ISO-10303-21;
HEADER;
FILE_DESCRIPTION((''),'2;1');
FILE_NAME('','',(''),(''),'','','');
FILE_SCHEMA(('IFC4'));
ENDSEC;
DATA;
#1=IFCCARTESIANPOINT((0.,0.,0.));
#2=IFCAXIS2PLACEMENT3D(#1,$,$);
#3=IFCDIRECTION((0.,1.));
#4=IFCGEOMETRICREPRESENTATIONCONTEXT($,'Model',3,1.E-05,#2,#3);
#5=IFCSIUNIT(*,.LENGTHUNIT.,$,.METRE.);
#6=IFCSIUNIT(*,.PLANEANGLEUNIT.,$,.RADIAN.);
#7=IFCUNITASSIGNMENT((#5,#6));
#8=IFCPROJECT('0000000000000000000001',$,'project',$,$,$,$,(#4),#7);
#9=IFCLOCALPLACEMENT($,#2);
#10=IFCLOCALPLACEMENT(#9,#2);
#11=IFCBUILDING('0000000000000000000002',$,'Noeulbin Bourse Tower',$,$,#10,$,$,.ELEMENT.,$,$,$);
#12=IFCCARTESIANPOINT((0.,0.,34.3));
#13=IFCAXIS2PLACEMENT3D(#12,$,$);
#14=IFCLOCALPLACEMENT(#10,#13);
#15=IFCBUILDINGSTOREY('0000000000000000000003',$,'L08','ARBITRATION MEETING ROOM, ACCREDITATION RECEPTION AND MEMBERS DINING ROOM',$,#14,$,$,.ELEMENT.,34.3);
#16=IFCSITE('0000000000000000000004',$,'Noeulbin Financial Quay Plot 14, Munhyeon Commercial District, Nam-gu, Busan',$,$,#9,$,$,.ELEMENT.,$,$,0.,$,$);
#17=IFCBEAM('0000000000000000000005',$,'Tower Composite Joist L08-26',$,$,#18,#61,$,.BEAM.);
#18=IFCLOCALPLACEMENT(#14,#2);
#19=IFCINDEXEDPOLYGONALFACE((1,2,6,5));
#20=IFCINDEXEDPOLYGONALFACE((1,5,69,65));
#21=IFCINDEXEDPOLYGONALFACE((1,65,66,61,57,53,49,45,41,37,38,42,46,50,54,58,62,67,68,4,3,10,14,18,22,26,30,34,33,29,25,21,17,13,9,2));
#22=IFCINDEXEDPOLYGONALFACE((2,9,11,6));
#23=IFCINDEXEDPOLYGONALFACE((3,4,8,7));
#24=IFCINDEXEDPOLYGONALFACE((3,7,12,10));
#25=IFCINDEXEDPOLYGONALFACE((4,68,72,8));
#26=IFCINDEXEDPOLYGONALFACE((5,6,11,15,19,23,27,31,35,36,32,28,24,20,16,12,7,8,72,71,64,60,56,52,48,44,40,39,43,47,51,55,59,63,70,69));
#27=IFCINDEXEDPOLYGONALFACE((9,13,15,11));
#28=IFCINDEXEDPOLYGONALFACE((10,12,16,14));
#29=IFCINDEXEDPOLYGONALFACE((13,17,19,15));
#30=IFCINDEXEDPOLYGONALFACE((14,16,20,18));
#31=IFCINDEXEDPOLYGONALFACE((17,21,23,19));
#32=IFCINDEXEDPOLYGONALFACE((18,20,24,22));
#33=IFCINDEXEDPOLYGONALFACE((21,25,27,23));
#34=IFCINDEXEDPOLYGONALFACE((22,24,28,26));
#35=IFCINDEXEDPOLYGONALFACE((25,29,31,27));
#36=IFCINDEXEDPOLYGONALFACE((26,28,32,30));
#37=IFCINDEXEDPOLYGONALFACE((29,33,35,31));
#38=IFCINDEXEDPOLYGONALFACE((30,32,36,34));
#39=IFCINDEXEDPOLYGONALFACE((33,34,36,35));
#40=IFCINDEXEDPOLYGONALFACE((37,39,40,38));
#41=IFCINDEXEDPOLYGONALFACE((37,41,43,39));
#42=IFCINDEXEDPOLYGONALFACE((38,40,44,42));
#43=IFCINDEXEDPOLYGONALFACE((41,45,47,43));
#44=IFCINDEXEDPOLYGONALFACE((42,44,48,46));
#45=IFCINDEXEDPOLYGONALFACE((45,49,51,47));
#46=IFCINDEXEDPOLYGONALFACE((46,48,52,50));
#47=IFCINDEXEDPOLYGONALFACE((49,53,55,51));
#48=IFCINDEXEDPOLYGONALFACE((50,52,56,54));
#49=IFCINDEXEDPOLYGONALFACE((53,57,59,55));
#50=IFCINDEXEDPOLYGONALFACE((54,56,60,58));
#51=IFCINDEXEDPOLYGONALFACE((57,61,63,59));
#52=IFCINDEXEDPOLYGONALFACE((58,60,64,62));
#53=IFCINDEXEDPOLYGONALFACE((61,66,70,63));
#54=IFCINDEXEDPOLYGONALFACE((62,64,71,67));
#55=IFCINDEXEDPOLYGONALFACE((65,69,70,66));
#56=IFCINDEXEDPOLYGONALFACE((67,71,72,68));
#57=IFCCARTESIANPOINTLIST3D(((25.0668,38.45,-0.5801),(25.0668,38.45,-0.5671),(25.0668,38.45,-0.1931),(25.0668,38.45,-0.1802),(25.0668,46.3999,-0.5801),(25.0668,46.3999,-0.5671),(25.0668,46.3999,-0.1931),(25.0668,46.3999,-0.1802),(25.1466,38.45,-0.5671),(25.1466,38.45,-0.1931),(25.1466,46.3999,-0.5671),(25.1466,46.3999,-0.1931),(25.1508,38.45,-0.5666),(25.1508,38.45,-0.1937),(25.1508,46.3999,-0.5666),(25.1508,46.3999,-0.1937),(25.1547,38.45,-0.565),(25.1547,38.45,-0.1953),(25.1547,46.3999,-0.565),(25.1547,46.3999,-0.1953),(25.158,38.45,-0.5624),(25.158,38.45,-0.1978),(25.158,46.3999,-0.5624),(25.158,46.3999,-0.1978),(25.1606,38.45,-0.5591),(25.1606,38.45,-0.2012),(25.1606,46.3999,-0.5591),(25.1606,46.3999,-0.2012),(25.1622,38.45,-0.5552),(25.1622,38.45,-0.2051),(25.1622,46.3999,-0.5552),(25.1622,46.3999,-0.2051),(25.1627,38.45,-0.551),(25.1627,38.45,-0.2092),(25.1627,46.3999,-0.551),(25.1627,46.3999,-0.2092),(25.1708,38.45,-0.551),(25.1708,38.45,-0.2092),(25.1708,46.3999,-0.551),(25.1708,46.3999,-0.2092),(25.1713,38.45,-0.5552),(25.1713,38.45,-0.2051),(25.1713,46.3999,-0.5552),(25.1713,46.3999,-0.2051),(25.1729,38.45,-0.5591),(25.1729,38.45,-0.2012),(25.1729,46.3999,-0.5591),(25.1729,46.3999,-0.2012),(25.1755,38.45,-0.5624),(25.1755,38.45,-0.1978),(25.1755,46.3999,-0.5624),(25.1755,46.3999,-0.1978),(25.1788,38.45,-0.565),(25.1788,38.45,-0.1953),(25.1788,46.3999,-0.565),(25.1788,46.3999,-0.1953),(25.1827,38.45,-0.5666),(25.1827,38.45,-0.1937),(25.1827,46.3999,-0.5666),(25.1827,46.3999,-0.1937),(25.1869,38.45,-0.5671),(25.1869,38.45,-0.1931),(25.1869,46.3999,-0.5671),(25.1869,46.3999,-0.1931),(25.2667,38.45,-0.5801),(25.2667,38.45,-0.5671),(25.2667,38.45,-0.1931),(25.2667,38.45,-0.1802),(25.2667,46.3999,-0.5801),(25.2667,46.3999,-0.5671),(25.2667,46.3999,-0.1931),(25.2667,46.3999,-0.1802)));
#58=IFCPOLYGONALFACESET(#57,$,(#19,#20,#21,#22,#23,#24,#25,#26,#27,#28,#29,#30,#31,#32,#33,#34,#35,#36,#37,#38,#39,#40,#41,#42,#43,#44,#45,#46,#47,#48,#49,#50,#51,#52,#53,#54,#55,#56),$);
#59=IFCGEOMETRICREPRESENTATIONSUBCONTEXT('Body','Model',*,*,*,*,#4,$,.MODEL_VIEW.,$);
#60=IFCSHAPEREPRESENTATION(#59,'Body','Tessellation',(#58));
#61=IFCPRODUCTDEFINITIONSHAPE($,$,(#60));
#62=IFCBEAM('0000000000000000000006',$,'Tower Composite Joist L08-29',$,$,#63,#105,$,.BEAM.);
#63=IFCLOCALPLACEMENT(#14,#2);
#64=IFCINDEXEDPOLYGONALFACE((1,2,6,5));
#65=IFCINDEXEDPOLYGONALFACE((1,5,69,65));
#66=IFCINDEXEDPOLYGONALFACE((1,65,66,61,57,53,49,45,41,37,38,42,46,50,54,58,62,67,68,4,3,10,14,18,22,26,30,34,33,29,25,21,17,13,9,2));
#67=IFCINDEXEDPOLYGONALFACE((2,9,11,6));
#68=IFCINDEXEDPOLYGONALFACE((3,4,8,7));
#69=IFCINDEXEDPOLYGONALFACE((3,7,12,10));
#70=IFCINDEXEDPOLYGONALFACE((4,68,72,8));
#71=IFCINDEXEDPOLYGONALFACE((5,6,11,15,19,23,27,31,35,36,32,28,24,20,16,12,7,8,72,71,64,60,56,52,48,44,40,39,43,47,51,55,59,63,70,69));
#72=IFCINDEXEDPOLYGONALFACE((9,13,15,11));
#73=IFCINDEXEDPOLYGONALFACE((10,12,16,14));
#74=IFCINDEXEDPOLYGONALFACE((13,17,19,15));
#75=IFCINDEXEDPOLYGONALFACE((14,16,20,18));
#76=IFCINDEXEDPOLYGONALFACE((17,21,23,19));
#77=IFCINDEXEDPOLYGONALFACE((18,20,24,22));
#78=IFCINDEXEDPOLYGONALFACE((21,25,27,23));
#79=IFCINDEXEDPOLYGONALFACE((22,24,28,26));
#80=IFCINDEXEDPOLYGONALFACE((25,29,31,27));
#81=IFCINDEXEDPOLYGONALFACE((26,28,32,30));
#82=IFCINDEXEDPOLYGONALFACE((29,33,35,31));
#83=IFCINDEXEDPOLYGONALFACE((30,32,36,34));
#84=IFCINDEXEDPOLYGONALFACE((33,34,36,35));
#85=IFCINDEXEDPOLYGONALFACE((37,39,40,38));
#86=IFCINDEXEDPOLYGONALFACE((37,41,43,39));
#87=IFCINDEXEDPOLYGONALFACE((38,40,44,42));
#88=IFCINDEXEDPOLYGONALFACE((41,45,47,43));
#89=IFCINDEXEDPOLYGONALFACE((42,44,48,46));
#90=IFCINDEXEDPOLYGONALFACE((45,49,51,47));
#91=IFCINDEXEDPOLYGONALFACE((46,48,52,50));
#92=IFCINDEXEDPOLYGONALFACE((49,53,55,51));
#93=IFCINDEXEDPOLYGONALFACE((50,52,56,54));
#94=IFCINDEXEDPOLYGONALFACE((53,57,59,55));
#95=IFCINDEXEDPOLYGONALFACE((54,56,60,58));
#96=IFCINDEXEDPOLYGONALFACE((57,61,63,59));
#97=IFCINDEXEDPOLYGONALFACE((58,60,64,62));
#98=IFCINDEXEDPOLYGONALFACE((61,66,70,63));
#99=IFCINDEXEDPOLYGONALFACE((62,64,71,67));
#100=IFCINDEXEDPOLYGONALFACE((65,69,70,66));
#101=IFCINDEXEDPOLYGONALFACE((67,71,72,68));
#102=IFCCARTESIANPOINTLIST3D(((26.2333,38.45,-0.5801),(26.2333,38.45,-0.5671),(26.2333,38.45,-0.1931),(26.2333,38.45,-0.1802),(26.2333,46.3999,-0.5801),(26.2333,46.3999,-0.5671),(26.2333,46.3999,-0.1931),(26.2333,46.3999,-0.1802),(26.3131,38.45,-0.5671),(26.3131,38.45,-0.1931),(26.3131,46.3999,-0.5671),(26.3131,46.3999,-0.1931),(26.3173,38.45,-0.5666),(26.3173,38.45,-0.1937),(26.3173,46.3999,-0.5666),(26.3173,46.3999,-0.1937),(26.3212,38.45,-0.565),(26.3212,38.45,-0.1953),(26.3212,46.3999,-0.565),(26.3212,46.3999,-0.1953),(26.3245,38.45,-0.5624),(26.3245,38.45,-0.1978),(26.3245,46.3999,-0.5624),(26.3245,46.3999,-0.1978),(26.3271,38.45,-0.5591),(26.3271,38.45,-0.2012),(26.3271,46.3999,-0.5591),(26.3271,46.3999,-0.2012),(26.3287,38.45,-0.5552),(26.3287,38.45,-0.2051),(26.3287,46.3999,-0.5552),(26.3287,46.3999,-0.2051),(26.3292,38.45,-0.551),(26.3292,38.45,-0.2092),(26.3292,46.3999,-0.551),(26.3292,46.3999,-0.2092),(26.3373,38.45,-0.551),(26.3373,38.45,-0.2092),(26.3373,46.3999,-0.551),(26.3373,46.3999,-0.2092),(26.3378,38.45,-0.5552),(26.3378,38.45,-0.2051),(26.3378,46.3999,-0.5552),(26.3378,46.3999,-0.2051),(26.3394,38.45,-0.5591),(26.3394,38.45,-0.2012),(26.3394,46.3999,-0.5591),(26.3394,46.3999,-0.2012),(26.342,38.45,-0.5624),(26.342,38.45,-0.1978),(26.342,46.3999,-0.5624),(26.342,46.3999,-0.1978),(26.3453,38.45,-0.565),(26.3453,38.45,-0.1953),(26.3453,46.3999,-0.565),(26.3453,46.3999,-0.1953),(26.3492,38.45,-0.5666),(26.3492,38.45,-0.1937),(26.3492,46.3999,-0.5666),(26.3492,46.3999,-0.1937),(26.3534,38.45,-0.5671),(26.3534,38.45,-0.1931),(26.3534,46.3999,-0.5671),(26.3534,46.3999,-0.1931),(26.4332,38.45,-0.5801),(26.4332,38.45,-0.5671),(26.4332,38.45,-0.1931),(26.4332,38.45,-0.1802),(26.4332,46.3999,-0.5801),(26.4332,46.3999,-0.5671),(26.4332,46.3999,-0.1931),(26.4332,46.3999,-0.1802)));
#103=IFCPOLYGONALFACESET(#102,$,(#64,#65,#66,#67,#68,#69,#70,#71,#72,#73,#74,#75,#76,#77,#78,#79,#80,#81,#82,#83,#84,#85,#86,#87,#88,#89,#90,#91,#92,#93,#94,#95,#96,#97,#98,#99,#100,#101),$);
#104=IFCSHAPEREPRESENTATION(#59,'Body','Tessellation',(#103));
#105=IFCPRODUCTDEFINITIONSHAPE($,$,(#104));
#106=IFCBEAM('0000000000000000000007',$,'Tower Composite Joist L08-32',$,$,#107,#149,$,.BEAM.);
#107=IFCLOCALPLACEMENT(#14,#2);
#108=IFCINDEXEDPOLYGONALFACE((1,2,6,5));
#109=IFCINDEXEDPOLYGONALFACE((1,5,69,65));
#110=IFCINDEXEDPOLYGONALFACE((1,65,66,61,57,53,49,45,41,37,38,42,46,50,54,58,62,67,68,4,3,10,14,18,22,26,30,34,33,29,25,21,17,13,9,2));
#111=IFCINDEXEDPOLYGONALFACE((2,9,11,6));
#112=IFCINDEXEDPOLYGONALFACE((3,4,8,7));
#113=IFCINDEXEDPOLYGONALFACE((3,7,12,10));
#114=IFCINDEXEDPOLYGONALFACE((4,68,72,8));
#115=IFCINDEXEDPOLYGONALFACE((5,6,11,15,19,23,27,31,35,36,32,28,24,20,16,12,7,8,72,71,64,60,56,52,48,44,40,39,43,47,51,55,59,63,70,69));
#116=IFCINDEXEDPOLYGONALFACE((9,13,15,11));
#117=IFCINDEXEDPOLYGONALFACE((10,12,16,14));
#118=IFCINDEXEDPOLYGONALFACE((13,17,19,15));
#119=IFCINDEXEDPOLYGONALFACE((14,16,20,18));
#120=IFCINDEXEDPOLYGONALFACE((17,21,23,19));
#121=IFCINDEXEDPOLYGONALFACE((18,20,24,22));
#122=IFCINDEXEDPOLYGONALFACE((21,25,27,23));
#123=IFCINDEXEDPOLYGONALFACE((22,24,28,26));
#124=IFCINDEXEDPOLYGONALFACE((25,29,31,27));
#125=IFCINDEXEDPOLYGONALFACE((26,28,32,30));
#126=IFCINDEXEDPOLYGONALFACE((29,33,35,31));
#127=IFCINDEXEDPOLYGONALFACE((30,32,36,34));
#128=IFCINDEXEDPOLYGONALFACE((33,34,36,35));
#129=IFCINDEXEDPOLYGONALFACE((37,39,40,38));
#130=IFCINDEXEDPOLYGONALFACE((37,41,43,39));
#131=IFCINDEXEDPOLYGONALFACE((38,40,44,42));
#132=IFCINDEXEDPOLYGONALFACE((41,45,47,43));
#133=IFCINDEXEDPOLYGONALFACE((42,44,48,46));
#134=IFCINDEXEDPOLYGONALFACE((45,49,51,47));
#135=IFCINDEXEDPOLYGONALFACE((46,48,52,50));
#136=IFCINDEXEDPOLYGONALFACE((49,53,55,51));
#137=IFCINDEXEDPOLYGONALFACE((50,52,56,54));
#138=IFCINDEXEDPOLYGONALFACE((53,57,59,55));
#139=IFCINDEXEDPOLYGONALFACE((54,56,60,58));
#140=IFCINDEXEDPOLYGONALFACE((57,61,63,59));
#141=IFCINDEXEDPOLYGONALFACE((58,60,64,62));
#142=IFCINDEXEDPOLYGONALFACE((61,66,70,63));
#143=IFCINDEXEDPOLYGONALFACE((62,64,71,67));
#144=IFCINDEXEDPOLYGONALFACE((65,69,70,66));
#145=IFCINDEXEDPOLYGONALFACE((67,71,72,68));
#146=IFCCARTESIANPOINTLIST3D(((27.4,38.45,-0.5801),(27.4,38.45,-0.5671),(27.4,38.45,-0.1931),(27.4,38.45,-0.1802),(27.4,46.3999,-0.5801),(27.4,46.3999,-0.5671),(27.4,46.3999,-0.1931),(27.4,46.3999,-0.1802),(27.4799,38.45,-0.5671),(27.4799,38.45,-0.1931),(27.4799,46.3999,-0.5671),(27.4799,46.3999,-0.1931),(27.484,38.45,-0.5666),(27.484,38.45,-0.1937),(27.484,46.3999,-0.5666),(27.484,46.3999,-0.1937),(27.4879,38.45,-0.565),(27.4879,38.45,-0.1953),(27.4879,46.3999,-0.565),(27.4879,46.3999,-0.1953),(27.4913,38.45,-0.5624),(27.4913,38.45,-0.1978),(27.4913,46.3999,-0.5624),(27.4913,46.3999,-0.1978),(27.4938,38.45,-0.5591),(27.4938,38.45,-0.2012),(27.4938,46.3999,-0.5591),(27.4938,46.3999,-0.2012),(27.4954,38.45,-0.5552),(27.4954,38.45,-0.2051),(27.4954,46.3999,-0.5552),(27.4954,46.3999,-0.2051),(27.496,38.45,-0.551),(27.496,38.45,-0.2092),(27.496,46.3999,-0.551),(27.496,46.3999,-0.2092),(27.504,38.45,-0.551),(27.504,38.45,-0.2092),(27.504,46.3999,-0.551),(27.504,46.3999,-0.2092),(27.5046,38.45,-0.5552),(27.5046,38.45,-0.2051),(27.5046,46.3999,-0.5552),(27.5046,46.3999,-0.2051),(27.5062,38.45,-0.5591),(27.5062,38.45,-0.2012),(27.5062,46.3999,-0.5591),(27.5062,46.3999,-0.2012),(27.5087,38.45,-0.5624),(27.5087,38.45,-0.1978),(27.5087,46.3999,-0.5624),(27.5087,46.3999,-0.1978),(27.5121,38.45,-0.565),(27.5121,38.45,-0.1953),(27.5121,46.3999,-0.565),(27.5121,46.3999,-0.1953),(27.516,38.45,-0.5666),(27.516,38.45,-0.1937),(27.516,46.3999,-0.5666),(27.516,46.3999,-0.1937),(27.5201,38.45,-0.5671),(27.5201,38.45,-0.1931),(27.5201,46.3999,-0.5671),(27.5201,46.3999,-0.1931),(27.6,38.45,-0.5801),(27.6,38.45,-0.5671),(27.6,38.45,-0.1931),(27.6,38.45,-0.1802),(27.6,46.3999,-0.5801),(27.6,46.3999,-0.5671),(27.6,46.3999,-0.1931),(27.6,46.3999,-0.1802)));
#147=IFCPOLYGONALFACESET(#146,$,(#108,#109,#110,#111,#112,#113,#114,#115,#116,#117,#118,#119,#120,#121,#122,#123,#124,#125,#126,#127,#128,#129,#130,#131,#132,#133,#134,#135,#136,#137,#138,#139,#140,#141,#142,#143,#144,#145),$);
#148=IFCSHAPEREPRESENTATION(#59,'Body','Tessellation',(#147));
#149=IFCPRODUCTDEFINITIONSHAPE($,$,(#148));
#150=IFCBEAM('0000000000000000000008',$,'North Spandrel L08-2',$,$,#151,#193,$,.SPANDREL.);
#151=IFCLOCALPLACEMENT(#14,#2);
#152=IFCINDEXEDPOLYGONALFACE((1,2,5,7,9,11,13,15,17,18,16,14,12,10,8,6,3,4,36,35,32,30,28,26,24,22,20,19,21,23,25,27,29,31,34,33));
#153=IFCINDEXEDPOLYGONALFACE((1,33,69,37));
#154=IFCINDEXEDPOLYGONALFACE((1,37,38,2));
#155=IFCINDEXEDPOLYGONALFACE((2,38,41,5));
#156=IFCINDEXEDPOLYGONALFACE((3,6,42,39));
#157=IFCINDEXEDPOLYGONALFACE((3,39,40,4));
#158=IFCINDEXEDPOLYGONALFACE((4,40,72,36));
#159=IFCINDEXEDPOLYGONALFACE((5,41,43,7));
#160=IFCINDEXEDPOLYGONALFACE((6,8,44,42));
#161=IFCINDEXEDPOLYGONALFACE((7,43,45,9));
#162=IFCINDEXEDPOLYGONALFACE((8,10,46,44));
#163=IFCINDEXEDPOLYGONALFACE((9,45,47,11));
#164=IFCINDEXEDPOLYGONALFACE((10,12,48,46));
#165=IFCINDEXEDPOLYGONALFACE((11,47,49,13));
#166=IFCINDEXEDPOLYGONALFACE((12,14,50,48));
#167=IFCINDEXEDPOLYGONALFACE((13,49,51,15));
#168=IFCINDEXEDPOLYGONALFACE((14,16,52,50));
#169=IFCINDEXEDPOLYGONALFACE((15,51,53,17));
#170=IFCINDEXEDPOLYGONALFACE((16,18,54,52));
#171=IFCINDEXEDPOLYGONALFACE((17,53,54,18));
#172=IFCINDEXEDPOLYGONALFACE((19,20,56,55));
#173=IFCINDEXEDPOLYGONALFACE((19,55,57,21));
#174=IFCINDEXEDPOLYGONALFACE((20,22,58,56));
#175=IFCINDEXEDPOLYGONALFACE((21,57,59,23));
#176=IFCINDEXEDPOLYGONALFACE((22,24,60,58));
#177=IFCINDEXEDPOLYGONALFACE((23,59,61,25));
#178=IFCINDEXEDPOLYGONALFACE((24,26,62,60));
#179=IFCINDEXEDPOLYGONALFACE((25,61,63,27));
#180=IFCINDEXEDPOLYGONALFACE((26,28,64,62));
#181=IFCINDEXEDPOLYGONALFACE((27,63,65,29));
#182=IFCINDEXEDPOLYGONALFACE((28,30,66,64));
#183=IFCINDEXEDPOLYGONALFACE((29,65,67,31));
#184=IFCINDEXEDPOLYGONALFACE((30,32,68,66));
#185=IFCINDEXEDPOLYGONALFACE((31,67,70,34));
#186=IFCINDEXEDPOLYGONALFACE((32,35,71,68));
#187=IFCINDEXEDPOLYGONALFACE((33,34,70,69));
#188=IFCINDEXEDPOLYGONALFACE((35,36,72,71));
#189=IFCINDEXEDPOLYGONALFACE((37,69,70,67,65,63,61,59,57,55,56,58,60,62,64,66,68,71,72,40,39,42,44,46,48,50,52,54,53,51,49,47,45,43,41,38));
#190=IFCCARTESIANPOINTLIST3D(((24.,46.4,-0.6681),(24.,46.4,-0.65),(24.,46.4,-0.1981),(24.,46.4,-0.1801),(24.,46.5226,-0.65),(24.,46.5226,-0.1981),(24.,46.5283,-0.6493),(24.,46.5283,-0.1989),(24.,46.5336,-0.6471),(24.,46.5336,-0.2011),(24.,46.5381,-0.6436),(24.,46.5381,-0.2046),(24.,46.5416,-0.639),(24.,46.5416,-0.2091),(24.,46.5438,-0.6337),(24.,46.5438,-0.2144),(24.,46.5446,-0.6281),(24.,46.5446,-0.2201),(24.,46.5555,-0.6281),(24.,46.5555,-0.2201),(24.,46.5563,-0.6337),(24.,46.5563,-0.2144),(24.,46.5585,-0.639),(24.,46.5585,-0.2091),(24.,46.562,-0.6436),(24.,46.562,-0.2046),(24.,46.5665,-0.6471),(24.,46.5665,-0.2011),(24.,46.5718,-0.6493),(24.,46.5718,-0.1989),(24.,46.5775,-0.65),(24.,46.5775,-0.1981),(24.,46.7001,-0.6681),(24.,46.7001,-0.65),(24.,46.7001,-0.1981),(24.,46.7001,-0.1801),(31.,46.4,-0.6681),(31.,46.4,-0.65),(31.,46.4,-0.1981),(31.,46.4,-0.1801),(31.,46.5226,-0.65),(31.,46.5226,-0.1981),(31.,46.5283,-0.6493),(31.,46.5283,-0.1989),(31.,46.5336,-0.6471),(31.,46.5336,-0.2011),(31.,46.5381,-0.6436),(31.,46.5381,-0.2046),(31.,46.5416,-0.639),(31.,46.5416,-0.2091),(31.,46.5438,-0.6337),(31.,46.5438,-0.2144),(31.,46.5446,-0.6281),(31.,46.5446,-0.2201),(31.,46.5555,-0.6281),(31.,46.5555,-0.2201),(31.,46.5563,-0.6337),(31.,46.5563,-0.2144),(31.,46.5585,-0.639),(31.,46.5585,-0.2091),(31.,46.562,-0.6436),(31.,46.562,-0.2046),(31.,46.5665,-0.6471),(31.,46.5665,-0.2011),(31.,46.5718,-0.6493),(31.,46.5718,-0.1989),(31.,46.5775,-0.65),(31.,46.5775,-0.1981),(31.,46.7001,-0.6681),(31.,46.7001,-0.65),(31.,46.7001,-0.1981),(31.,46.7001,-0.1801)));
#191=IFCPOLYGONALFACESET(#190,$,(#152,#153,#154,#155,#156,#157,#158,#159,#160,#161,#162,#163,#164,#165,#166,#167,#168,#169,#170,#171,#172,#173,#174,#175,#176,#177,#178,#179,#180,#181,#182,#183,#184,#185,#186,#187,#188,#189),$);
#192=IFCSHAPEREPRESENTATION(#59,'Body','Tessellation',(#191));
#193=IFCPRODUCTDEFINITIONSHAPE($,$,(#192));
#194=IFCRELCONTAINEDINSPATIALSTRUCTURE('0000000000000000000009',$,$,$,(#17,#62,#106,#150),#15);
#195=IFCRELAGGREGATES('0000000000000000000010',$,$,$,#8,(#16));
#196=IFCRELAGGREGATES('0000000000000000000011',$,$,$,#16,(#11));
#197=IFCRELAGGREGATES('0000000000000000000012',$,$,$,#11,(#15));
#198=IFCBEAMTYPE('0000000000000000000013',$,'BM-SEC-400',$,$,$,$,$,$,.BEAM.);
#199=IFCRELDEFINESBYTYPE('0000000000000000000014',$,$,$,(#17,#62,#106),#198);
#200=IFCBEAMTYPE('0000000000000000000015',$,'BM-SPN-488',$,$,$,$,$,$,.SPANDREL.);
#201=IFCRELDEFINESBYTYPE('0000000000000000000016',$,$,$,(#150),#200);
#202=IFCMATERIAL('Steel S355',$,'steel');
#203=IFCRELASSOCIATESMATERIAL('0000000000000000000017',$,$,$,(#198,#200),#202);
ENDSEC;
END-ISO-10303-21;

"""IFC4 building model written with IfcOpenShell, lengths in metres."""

from ifc_helpers import new_model, si_unit, direction, frame, origin, origin_2d, place, context, subcontext, project, spatial, i_section, extrude, material, material_profile, profile_set, type_object, element, save


model = new_model("IFC4")

# Units and contexts
model_context = context("Model", 3, precision=1e-05, world=origin(), true_north=direction((0.0, 1.0)))
body_context = subcontext(model_context, "Body", "Model", "MODEL_VIEW")
ifc_project = project(units=[si_unit("LENGTHUNIT", "METRE"), si_unit("PLANEANGLEUNIT", "RADIAN")], contexts=[model_context])

# Site, building, storey
site_placement = place(None, origin())
site = spatial("IfcSite", under=ifc_project, at=site_placement, Name="Noeulbin Financial Quay Plot 14, Munhyeon Commercial District, Nam-gu, Busan", CompositionType="ELEMENT", RefElevation=0.0)
building_placement = place(site_placement, origin())
building = spatial("IfcBuilding", under=site, at=building_placement, Name="Noeulbin Bourse Tower", CompositionType="ELEMENT")
storey_placement = place(building_placement, frame((0.0, 0.0, 34.3)))
storey = spatial("IfcBuildingStorey", under=building, at=storey_placement, Name="L08", Description="ARBITRATION MEETING ROOM, ACCREDITATION RECEPTION AND MEMBERS DINING ROOM", CompositionType="ELEMENT", Elevation=34.3)

# Beams
ifc_material_1 = material(Name="Steel S355", Category="steel")
ifc_material_profile_1 = material_profile(ifc_material_1, i_section(OverallWidth=0.2, OverallDepth=0.3999, WebThickness=0.0081, FlangeThickness=0.0129, FilletRadius=0.0161, at=origin_2d()), Name="H-400x200x8x13", Category="LoadBearing")
ifc_profile_set_1 = profile_set([ifc_material_profile_1], Name="Steel S355")
beam_type_1 = type_object("IfcBeamType", Name="BM-SEC-400", PredefinedType="BEAM", material=ifc_profile_set_1)
for number, where, z_axis, x_axis, name in (
    (1, (25.1667, 38.45, -0.3801), (0.0, 1.0, 0.0), (-1.0, 0.0, 0.0), "Tower Composite Joist L08-26"),
    (2, (26.3333, 38.45, -0.3801), (0.0, 1.0, 0.0), (-1.0, 0.0, 0.0), "Tower Composite Joist L08-29"),
    (3, (27.5, 38.45, -0.3801), (0.0, 1.0, 0.0), (-1.0, 0.0, 0.0), "Tower Composite Joist L08-32"),
):
    element("IfcBeam", number, at=place(storey_placement, frame(where, z_axis=z_axis, x_axis=x_axis)), inside=storey, type_object=beam_type_1, Name=name, PredefinedType="BEAM", context=body_context, shape_type="SweptSolid", body=[
        extrude(i_section(OverallWidth=0.2, OverallDepth=0.3999, WebThickness=0.0081, FlangeThickness=0.0129, FilletRadius=0.0161, at=origin_2d()), origin(), (0.0, 0.0, 1.0), 7.95),
    ])
ifc_material_profile_2 = material_profile(ifc_material_1, i_section(OverallWidth=0.3, OverallDepth=0.488, WebThickness=0.011, FlangeThickness=0.0181, FilletRadius=0.022, at=origin_2d()), Name="H-488x300x11x18", Category="LoadBearing")
ifc_profile_set_2 = profile_set([ifc_material_profile_2], Name="Steel S355")
beam_type_2 = type_object("IfcBeamType", Name="BM-SPN-488", PredefinedType="SPANDREL", material=ifc_profile_set_2)
beam_1_placement = place(storey_placement, frame((24.0, 46.55, -0.4241), z_axis=(1.0, 0.0, 0.0), x_axis=(0.0, 1.0, 0.0)))
element("IfcBeam", 4, at=beam_1_placement, inside=storey, type_object=beam_type_2, Name="North Spandrel L08-2", PredefinedType="SPANDREL", context=body_context, shape_type="SweptSolid", body=[
    extrude(i_section(OverallWidth=0.3, OverallDepth=0.488, WebThickness=0.011, FlangeThickness=0.0181, FilletRadius=0.022, at=origin_2d()), origin(), (0.0, 0.0, 1.0), 7.0),
])

save(model, "model.ifc")
